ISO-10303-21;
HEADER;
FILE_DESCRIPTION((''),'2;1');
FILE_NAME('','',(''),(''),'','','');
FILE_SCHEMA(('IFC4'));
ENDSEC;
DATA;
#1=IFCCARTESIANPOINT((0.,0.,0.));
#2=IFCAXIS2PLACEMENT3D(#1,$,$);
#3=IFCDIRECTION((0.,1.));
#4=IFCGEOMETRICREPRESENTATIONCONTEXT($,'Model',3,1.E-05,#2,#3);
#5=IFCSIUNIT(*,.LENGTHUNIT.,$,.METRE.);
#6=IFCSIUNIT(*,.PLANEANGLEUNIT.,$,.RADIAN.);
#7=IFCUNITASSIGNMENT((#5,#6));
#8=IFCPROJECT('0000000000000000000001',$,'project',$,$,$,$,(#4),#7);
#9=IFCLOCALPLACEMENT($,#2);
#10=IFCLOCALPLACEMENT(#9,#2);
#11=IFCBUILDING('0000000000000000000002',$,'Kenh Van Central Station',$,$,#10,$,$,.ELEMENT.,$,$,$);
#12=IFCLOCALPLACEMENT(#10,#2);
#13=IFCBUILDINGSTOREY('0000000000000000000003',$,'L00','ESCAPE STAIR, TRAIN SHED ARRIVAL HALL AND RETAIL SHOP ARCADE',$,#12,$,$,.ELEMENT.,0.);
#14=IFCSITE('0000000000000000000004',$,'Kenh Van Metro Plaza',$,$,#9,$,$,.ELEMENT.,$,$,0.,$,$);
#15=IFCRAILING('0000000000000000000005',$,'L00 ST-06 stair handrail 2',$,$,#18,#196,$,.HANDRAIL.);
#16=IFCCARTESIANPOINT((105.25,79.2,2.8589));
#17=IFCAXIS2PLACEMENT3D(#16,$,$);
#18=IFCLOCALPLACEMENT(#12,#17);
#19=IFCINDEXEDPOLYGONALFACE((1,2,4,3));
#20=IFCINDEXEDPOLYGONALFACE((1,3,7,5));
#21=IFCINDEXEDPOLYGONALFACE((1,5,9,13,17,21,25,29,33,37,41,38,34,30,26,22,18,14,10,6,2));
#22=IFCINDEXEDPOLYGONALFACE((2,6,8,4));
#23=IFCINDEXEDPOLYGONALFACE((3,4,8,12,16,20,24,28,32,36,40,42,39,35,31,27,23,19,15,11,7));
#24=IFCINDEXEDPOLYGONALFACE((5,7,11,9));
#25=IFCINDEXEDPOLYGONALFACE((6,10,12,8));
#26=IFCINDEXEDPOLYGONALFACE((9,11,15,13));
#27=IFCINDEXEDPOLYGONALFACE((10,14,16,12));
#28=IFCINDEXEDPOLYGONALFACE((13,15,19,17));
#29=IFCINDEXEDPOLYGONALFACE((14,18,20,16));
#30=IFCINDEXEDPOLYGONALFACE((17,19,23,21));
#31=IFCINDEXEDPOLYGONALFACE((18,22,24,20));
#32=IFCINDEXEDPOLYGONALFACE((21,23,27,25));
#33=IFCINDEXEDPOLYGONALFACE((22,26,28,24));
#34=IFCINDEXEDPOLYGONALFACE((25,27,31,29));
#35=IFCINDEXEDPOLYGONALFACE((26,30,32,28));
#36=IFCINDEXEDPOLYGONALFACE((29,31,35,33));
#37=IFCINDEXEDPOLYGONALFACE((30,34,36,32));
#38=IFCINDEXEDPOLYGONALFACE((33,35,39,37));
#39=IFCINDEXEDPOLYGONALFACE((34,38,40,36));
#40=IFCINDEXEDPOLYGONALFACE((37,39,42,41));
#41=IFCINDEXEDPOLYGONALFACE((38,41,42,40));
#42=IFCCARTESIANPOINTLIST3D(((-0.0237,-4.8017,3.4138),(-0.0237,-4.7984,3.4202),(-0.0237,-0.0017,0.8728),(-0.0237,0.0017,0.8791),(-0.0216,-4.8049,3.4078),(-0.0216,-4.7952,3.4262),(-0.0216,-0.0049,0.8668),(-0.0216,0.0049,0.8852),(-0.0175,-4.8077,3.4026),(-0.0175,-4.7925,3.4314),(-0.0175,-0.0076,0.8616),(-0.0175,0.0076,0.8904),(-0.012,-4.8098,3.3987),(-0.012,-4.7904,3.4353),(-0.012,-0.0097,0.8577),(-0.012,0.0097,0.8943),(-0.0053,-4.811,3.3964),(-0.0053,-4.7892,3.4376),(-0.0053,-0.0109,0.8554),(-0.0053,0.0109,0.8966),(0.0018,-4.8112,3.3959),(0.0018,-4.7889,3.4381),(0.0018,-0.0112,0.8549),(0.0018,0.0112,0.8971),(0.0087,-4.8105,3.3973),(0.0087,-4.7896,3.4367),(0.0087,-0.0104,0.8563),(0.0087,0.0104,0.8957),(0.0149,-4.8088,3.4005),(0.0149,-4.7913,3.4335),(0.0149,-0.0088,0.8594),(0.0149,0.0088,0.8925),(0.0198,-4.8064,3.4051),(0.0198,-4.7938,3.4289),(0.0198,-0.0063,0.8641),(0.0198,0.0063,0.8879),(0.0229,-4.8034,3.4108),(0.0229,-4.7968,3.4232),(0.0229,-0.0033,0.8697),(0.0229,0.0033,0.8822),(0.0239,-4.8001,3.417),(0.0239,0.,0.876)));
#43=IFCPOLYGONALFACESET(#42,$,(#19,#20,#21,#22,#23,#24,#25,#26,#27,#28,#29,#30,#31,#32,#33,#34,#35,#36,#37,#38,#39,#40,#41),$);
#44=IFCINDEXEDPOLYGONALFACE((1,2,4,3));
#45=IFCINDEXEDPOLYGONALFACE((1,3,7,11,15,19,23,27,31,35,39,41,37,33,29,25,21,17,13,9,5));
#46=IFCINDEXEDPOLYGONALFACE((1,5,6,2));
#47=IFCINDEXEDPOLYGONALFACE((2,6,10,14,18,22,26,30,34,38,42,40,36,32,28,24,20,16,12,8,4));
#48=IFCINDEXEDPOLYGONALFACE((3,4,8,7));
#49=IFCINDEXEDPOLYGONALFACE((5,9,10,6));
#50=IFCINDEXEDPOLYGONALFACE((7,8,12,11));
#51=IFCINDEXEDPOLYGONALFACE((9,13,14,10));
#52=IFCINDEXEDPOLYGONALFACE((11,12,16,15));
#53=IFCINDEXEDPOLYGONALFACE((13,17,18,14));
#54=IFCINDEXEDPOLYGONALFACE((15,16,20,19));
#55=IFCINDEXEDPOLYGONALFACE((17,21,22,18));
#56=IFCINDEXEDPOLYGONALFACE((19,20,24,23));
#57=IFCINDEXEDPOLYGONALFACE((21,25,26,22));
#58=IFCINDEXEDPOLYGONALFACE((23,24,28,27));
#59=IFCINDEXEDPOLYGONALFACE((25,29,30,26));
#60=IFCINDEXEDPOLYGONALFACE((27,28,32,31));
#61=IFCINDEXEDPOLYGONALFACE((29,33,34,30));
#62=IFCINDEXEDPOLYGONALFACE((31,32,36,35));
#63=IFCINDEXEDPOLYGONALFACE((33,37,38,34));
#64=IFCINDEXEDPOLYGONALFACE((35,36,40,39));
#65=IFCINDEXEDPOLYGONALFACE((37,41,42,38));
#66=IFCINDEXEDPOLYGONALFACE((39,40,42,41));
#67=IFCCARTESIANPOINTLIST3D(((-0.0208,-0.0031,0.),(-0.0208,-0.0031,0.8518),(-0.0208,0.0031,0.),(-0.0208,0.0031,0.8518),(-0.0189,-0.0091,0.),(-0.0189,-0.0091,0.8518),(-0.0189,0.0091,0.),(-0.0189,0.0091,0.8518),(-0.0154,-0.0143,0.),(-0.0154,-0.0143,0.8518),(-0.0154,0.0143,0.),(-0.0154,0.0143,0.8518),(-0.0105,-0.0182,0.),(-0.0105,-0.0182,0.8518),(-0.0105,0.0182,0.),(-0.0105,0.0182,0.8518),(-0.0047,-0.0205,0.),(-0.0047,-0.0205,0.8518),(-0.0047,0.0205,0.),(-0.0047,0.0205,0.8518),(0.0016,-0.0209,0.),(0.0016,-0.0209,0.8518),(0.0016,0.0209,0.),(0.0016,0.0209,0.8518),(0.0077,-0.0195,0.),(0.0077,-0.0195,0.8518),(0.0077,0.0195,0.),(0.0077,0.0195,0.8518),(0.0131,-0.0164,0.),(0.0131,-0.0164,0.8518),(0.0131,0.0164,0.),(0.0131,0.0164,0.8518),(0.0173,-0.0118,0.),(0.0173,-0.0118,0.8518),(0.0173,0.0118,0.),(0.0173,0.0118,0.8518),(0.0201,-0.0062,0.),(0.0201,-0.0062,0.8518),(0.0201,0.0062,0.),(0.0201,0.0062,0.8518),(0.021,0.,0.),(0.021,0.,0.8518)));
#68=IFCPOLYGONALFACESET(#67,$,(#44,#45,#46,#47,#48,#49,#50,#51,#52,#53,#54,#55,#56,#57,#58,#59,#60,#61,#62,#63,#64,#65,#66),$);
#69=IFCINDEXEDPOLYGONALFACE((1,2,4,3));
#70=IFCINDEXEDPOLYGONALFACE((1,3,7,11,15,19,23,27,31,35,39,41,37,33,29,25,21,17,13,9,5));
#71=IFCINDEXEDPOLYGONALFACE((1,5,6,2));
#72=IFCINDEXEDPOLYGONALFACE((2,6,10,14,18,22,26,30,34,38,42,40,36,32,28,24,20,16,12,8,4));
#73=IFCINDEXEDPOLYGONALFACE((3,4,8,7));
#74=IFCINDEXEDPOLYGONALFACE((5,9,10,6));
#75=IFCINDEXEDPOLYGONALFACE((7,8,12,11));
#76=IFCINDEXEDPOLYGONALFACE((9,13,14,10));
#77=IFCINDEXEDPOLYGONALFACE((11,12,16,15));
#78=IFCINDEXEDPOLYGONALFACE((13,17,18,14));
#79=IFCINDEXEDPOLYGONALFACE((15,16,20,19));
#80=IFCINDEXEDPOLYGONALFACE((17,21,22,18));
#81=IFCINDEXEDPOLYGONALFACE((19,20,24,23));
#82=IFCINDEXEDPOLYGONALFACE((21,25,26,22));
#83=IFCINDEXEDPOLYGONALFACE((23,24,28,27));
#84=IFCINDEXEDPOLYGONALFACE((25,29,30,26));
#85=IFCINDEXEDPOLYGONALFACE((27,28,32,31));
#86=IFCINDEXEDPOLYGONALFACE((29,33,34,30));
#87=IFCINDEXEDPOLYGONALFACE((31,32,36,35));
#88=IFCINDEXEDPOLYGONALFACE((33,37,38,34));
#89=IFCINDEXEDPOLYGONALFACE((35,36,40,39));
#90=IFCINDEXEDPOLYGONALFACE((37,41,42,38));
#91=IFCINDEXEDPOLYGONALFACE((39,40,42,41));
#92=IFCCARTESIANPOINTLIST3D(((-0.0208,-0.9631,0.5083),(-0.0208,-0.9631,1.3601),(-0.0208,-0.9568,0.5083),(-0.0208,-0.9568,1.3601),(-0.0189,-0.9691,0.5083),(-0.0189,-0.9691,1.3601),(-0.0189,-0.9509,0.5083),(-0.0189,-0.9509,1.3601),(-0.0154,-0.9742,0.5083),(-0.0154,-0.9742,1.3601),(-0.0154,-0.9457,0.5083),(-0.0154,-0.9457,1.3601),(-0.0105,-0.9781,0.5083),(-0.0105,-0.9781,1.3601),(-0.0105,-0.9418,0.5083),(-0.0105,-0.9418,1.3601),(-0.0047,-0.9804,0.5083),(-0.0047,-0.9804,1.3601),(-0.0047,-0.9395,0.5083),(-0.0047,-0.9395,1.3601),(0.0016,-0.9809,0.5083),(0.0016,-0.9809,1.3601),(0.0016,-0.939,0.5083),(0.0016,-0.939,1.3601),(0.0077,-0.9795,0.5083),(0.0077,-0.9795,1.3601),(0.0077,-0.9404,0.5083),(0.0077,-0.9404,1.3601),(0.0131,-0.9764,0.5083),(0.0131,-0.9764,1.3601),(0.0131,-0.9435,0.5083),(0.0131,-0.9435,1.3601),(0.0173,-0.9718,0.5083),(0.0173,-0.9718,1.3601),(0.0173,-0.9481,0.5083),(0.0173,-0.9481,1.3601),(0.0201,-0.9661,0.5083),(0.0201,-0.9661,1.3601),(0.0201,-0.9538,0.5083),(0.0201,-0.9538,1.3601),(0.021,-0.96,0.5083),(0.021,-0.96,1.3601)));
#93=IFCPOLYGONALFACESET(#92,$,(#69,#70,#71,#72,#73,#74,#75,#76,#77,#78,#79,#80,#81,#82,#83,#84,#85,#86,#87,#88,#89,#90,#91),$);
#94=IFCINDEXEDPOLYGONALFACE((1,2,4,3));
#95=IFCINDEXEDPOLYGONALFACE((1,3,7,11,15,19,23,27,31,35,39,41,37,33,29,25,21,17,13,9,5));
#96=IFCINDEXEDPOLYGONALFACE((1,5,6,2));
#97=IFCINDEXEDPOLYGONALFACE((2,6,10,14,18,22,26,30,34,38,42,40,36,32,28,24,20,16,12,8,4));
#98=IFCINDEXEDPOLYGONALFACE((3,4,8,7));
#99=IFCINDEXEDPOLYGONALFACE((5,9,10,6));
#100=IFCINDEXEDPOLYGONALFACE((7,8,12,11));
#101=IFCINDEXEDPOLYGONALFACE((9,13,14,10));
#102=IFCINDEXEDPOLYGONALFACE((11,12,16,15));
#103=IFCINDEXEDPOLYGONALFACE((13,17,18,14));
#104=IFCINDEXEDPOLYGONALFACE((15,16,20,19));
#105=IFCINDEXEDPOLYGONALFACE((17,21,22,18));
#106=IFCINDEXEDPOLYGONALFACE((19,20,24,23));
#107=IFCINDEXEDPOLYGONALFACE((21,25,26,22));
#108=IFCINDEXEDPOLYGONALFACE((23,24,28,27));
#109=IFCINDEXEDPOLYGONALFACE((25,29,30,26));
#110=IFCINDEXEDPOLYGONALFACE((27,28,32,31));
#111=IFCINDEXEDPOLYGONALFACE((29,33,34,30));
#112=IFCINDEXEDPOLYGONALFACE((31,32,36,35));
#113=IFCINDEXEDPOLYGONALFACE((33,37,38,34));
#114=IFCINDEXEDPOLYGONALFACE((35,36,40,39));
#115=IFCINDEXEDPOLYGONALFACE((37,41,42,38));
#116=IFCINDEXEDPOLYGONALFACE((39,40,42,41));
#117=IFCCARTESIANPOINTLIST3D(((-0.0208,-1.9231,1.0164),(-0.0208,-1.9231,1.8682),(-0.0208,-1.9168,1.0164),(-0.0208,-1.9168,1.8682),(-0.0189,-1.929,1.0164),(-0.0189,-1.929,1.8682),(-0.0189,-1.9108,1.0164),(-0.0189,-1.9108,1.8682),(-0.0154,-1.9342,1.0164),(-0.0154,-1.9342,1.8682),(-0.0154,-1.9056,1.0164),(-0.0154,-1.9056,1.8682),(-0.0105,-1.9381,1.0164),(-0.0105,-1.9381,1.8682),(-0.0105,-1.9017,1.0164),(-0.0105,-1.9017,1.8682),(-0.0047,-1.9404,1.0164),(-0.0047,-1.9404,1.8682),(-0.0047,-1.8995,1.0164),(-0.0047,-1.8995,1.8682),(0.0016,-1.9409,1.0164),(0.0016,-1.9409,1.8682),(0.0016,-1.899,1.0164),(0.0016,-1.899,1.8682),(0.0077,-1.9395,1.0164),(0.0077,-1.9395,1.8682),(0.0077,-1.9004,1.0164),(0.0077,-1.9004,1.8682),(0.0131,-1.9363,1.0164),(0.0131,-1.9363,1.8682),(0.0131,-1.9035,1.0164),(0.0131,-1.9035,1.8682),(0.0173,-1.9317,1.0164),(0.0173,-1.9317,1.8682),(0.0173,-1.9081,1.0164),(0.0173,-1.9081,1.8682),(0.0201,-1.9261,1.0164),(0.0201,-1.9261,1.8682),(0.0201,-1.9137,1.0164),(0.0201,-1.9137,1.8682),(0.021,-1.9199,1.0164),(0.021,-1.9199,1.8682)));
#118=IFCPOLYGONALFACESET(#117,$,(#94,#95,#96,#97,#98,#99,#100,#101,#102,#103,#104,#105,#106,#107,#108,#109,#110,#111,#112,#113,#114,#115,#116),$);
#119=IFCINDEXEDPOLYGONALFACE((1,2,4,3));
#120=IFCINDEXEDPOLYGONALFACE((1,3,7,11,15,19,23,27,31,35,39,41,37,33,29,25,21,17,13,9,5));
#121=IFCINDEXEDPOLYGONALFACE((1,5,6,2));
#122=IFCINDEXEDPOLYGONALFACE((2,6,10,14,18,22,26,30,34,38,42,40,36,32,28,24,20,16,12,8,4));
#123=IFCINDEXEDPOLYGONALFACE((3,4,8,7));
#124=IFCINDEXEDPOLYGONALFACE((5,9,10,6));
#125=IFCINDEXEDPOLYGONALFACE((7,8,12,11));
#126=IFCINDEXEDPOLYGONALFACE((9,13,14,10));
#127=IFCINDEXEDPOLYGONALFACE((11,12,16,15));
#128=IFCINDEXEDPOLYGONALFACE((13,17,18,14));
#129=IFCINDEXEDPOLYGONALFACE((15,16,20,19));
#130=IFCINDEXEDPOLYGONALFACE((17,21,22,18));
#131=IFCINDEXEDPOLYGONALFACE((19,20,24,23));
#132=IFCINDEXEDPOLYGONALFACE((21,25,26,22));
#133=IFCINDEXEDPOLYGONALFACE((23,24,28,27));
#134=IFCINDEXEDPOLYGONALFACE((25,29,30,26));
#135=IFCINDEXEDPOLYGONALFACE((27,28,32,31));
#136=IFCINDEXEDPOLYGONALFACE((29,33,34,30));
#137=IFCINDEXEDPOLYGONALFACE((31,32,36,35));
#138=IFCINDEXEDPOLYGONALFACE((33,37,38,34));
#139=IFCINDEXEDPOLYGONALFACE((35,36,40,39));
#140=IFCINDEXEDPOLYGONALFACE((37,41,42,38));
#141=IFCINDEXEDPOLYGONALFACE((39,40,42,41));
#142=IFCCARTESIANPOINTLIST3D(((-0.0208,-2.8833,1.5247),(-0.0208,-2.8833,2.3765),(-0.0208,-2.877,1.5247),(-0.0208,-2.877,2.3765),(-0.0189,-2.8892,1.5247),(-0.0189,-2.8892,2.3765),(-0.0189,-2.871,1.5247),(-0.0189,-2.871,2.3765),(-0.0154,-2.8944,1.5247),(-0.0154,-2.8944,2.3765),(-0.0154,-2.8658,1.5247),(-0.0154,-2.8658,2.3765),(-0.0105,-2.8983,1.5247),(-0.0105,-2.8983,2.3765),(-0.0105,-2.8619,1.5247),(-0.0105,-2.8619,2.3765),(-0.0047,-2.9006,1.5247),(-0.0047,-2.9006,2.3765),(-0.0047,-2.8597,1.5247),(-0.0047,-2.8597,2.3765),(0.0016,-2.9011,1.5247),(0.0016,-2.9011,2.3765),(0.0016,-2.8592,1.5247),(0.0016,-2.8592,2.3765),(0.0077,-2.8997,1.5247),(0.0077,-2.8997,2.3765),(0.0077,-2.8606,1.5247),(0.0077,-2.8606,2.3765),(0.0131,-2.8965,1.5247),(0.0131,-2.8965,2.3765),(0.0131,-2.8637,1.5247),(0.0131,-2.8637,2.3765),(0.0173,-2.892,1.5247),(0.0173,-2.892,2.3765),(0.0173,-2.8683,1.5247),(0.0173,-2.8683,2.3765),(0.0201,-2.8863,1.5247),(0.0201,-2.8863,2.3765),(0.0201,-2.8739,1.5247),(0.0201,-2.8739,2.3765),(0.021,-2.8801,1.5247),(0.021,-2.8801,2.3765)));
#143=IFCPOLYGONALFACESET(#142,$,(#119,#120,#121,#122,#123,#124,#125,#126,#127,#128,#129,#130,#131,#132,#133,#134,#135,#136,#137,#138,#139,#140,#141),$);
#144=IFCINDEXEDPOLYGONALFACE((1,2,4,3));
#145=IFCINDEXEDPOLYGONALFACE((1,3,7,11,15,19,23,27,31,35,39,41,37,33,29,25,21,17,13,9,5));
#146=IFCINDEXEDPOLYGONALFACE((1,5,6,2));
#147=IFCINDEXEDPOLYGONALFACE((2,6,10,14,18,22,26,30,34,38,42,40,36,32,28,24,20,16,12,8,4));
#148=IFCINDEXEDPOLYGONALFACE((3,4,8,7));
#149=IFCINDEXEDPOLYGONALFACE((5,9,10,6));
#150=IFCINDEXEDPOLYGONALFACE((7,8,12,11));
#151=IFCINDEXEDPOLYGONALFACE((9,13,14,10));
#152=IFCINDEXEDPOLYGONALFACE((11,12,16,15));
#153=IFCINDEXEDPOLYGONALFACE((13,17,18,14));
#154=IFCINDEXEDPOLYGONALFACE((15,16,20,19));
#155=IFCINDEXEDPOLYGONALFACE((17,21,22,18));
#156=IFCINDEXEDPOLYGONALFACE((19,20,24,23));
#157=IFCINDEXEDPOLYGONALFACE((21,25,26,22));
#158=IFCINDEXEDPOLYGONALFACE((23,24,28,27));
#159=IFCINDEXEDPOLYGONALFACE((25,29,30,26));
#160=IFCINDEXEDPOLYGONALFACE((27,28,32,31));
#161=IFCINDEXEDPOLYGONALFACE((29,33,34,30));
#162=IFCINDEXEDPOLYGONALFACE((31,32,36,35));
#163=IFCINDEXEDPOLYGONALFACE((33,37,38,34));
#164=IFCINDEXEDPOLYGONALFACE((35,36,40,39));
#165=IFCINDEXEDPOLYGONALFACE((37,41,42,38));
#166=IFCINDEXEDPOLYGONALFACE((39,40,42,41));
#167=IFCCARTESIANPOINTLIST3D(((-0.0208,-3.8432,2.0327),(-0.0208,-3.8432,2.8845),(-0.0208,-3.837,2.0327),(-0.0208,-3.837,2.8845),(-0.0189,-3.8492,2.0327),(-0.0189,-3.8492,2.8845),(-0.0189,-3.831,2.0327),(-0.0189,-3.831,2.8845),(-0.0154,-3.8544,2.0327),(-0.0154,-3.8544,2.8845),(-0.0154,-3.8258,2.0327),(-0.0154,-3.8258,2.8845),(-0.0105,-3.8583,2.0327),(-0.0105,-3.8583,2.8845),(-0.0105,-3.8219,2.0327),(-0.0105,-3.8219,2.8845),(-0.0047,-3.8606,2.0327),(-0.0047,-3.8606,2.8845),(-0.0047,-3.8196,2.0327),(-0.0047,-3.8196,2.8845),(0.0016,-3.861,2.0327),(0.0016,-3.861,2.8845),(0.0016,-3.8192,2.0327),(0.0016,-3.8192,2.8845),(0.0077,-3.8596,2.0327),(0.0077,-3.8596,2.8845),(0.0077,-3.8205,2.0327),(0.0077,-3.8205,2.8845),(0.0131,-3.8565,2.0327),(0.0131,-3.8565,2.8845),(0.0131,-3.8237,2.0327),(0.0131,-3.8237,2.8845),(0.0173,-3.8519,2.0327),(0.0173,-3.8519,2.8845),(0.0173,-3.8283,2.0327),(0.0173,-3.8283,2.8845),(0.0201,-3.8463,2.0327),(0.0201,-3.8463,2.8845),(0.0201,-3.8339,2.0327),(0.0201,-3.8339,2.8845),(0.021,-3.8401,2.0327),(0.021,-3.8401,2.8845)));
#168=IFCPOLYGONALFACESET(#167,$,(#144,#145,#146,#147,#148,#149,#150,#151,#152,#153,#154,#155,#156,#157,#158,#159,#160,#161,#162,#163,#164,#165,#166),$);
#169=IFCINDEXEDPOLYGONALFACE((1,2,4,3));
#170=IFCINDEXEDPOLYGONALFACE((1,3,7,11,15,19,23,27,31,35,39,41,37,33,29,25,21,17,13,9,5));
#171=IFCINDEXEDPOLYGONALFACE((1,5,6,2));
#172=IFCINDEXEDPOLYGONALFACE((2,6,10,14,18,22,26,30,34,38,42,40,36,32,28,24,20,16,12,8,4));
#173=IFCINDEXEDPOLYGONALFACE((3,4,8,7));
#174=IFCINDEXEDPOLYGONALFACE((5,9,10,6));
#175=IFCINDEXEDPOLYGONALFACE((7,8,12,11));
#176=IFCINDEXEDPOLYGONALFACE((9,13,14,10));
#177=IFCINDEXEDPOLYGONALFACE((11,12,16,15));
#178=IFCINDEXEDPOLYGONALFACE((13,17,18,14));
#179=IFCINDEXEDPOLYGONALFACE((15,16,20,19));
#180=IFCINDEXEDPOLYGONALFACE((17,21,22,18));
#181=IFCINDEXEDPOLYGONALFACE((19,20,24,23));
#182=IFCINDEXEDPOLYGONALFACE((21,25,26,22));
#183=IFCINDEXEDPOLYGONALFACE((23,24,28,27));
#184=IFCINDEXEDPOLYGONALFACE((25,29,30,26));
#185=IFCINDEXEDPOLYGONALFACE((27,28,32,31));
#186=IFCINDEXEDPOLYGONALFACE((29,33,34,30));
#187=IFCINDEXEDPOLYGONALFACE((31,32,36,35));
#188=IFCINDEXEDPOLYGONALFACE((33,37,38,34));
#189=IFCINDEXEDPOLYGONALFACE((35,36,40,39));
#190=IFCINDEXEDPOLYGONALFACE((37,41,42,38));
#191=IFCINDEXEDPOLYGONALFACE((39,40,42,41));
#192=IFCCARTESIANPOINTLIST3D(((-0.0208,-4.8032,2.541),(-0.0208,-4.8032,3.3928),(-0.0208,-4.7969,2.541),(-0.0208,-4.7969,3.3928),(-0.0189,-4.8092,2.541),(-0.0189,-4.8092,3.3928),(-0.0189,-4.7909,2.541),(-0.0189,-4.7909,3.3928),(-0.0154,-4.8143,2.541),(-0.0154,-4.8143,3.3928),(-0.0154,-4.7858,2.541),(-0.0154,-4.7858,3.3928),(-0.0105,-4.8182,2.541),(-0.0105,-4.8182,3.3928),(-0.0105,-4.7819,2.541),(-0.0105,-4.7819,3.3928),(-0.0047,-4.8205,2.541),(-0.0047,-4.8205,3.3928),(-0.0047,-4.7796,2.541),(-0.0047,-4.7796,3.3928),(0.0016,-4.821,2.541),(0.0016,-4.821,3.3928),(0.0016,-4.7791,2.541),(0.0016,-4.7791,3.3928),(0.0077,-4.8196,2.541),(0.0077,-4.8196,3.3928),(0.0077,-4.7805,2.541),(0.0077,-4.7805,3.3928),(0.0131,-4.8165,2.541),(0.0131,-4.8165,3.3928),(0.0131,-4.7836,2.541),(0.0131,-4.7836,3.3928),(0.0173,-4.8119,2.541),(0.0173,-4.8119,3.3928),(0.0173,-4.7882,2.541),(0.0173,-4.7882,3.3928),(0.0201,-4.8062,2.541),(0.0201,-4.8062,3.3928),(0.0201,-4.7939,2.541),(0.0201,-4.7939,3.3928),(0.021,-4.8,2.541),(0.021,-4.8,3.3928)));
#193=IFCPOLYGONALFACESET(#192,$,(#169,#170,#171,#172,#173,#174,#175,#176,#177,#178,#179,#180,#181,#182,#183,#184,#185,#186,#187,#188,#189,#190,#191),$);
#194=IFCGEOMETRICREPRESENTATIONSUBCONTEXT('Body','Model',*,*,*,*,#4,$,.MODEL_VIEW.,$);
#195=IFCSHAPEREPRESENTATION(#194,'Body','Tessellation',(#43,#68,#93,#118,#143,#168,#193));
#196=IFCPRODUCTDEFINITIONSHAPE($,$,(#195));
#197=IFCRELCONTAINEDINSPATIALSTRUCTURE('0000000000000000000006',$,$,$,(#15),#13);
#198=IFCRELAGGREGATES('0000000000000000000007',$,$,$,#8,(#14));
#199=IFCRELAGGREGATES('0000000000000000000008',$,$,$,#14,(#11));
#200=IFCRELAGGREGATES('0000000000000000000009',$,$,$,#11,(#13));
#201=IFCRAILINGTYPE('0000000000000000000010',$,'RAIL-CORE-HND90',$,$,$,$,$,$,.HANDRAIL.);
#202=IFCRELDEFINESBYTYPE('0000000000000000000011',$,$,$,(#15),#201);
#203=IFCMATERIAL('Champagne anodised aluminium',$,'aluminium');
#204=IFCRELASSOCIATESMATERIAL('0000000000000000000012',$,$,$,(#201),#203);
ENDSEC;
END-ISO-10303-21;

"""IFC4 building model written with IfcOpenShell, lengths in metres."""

from ifc_helpers import new_model, si_unit, direction, frame, origin, origin_2d, place, context, subcontext, project, spatial, circle, extrude, material, type_object, element, save


model = new_model("IFC4")

# Units and contexts
model_context = context("Model", 3, precision=1e-05, world=origin(), true_north=direction((0.0, 1.0)))
body_context = subcontext(model_context, "Body", "Model", "MODEL_VIEW")
ifc_project = project(units=[si_unit("LENGTHUNIT", "METRE"), si_unit("PLANEANGLEUNIT", "RADIAN")], contexts=[model_context])

# Site, building, storey
site_placement = place(None, origin())
site = spatial("IfcSite", under=ifc_project, at=site_placement, Name="Kenh Van Metro Plaza", CompositionType="ELEMENT", RefElevation=0.0)
building_placement = place(site_placement, origin())
building = spatial("IfcBuilding", under=site, at=building_placement, Name="Kenh Van Central Station", CompositionType="ELEMENT")
storey_placement = place(building_placement, origin())
storey = spatial("IfcBuildingStorey", under=building, at=storey_placement, Name="L00", Description="ESCAPE STAIR, TRAIN SHED ARRIVAL HALL AND RETAIL SHOP ARCADE", CompositionType="ELEMENT", Elevation=0.0)

# Shared definitions
ifc_material_1 = material(Name="Champagne anodised aluminium", Category="aluminium")

# Railing
railing_type = type_object("IfcRailingType", Name="RAIL-CORE-HND90", PredefinedType="HANDRAIL", material=ifc_material_1)
railing_1_placement = place(storey_placement, frame((105.25, 79.2, 2.8589)))
element("IfcRailing", 1, at=railing_1_placement, inside=storey, type_object=railing_type, Name="L00 ST-06 stair handrail 2", PredefinedType="HANDRAIL", context=body_context, shape_type="SweptSolid", body=[
    extrude(circle(Radius=0.0239, at=origin_2d()), frame((0.0, 0.0, 0.876), z_axis=(0.0, -0.883802, 0.467861), x_axis=(1.0, 0.0, 0.0)), (0.0, 0.0, 1.0), 5.4312),
    extrude(circle(Radius=0.021, at=origin_2d()), origin(), (0.0, 0.0, 1.0), 0.8518),
    extrude(circle(Radius=0.021, at=origin_2d()), frame((0.0, -0.96, 0.5083)), (0.0, 0.0, 1.0), 0.8518),
    extrude(circle(Radius=0.021, at=origin_2d()), frame((0.0, -1.9199, 1.0164)), (0.0, 0.0, 1.0), 0.8518),
    extrude(circle(Radius=0.021, at=origin_2d()), frame((0.0, -2.8801, 1.5247)), (0.0, 0.0, 1.0), 0.8518),
    extrude(circle(Radius=0.021, at=origin_2d()), frame((0.0, -3.8401, 2.0327)), (0.0, 0.0, 1.0), 0.8518),
    extrude(circle(Radius=0.021, at=origin_2d()), frame((0.0, -4.8, 2.541)), (0.0, 0.0, 1.0), 0.8518),
])

save(model, "model.ifc")
